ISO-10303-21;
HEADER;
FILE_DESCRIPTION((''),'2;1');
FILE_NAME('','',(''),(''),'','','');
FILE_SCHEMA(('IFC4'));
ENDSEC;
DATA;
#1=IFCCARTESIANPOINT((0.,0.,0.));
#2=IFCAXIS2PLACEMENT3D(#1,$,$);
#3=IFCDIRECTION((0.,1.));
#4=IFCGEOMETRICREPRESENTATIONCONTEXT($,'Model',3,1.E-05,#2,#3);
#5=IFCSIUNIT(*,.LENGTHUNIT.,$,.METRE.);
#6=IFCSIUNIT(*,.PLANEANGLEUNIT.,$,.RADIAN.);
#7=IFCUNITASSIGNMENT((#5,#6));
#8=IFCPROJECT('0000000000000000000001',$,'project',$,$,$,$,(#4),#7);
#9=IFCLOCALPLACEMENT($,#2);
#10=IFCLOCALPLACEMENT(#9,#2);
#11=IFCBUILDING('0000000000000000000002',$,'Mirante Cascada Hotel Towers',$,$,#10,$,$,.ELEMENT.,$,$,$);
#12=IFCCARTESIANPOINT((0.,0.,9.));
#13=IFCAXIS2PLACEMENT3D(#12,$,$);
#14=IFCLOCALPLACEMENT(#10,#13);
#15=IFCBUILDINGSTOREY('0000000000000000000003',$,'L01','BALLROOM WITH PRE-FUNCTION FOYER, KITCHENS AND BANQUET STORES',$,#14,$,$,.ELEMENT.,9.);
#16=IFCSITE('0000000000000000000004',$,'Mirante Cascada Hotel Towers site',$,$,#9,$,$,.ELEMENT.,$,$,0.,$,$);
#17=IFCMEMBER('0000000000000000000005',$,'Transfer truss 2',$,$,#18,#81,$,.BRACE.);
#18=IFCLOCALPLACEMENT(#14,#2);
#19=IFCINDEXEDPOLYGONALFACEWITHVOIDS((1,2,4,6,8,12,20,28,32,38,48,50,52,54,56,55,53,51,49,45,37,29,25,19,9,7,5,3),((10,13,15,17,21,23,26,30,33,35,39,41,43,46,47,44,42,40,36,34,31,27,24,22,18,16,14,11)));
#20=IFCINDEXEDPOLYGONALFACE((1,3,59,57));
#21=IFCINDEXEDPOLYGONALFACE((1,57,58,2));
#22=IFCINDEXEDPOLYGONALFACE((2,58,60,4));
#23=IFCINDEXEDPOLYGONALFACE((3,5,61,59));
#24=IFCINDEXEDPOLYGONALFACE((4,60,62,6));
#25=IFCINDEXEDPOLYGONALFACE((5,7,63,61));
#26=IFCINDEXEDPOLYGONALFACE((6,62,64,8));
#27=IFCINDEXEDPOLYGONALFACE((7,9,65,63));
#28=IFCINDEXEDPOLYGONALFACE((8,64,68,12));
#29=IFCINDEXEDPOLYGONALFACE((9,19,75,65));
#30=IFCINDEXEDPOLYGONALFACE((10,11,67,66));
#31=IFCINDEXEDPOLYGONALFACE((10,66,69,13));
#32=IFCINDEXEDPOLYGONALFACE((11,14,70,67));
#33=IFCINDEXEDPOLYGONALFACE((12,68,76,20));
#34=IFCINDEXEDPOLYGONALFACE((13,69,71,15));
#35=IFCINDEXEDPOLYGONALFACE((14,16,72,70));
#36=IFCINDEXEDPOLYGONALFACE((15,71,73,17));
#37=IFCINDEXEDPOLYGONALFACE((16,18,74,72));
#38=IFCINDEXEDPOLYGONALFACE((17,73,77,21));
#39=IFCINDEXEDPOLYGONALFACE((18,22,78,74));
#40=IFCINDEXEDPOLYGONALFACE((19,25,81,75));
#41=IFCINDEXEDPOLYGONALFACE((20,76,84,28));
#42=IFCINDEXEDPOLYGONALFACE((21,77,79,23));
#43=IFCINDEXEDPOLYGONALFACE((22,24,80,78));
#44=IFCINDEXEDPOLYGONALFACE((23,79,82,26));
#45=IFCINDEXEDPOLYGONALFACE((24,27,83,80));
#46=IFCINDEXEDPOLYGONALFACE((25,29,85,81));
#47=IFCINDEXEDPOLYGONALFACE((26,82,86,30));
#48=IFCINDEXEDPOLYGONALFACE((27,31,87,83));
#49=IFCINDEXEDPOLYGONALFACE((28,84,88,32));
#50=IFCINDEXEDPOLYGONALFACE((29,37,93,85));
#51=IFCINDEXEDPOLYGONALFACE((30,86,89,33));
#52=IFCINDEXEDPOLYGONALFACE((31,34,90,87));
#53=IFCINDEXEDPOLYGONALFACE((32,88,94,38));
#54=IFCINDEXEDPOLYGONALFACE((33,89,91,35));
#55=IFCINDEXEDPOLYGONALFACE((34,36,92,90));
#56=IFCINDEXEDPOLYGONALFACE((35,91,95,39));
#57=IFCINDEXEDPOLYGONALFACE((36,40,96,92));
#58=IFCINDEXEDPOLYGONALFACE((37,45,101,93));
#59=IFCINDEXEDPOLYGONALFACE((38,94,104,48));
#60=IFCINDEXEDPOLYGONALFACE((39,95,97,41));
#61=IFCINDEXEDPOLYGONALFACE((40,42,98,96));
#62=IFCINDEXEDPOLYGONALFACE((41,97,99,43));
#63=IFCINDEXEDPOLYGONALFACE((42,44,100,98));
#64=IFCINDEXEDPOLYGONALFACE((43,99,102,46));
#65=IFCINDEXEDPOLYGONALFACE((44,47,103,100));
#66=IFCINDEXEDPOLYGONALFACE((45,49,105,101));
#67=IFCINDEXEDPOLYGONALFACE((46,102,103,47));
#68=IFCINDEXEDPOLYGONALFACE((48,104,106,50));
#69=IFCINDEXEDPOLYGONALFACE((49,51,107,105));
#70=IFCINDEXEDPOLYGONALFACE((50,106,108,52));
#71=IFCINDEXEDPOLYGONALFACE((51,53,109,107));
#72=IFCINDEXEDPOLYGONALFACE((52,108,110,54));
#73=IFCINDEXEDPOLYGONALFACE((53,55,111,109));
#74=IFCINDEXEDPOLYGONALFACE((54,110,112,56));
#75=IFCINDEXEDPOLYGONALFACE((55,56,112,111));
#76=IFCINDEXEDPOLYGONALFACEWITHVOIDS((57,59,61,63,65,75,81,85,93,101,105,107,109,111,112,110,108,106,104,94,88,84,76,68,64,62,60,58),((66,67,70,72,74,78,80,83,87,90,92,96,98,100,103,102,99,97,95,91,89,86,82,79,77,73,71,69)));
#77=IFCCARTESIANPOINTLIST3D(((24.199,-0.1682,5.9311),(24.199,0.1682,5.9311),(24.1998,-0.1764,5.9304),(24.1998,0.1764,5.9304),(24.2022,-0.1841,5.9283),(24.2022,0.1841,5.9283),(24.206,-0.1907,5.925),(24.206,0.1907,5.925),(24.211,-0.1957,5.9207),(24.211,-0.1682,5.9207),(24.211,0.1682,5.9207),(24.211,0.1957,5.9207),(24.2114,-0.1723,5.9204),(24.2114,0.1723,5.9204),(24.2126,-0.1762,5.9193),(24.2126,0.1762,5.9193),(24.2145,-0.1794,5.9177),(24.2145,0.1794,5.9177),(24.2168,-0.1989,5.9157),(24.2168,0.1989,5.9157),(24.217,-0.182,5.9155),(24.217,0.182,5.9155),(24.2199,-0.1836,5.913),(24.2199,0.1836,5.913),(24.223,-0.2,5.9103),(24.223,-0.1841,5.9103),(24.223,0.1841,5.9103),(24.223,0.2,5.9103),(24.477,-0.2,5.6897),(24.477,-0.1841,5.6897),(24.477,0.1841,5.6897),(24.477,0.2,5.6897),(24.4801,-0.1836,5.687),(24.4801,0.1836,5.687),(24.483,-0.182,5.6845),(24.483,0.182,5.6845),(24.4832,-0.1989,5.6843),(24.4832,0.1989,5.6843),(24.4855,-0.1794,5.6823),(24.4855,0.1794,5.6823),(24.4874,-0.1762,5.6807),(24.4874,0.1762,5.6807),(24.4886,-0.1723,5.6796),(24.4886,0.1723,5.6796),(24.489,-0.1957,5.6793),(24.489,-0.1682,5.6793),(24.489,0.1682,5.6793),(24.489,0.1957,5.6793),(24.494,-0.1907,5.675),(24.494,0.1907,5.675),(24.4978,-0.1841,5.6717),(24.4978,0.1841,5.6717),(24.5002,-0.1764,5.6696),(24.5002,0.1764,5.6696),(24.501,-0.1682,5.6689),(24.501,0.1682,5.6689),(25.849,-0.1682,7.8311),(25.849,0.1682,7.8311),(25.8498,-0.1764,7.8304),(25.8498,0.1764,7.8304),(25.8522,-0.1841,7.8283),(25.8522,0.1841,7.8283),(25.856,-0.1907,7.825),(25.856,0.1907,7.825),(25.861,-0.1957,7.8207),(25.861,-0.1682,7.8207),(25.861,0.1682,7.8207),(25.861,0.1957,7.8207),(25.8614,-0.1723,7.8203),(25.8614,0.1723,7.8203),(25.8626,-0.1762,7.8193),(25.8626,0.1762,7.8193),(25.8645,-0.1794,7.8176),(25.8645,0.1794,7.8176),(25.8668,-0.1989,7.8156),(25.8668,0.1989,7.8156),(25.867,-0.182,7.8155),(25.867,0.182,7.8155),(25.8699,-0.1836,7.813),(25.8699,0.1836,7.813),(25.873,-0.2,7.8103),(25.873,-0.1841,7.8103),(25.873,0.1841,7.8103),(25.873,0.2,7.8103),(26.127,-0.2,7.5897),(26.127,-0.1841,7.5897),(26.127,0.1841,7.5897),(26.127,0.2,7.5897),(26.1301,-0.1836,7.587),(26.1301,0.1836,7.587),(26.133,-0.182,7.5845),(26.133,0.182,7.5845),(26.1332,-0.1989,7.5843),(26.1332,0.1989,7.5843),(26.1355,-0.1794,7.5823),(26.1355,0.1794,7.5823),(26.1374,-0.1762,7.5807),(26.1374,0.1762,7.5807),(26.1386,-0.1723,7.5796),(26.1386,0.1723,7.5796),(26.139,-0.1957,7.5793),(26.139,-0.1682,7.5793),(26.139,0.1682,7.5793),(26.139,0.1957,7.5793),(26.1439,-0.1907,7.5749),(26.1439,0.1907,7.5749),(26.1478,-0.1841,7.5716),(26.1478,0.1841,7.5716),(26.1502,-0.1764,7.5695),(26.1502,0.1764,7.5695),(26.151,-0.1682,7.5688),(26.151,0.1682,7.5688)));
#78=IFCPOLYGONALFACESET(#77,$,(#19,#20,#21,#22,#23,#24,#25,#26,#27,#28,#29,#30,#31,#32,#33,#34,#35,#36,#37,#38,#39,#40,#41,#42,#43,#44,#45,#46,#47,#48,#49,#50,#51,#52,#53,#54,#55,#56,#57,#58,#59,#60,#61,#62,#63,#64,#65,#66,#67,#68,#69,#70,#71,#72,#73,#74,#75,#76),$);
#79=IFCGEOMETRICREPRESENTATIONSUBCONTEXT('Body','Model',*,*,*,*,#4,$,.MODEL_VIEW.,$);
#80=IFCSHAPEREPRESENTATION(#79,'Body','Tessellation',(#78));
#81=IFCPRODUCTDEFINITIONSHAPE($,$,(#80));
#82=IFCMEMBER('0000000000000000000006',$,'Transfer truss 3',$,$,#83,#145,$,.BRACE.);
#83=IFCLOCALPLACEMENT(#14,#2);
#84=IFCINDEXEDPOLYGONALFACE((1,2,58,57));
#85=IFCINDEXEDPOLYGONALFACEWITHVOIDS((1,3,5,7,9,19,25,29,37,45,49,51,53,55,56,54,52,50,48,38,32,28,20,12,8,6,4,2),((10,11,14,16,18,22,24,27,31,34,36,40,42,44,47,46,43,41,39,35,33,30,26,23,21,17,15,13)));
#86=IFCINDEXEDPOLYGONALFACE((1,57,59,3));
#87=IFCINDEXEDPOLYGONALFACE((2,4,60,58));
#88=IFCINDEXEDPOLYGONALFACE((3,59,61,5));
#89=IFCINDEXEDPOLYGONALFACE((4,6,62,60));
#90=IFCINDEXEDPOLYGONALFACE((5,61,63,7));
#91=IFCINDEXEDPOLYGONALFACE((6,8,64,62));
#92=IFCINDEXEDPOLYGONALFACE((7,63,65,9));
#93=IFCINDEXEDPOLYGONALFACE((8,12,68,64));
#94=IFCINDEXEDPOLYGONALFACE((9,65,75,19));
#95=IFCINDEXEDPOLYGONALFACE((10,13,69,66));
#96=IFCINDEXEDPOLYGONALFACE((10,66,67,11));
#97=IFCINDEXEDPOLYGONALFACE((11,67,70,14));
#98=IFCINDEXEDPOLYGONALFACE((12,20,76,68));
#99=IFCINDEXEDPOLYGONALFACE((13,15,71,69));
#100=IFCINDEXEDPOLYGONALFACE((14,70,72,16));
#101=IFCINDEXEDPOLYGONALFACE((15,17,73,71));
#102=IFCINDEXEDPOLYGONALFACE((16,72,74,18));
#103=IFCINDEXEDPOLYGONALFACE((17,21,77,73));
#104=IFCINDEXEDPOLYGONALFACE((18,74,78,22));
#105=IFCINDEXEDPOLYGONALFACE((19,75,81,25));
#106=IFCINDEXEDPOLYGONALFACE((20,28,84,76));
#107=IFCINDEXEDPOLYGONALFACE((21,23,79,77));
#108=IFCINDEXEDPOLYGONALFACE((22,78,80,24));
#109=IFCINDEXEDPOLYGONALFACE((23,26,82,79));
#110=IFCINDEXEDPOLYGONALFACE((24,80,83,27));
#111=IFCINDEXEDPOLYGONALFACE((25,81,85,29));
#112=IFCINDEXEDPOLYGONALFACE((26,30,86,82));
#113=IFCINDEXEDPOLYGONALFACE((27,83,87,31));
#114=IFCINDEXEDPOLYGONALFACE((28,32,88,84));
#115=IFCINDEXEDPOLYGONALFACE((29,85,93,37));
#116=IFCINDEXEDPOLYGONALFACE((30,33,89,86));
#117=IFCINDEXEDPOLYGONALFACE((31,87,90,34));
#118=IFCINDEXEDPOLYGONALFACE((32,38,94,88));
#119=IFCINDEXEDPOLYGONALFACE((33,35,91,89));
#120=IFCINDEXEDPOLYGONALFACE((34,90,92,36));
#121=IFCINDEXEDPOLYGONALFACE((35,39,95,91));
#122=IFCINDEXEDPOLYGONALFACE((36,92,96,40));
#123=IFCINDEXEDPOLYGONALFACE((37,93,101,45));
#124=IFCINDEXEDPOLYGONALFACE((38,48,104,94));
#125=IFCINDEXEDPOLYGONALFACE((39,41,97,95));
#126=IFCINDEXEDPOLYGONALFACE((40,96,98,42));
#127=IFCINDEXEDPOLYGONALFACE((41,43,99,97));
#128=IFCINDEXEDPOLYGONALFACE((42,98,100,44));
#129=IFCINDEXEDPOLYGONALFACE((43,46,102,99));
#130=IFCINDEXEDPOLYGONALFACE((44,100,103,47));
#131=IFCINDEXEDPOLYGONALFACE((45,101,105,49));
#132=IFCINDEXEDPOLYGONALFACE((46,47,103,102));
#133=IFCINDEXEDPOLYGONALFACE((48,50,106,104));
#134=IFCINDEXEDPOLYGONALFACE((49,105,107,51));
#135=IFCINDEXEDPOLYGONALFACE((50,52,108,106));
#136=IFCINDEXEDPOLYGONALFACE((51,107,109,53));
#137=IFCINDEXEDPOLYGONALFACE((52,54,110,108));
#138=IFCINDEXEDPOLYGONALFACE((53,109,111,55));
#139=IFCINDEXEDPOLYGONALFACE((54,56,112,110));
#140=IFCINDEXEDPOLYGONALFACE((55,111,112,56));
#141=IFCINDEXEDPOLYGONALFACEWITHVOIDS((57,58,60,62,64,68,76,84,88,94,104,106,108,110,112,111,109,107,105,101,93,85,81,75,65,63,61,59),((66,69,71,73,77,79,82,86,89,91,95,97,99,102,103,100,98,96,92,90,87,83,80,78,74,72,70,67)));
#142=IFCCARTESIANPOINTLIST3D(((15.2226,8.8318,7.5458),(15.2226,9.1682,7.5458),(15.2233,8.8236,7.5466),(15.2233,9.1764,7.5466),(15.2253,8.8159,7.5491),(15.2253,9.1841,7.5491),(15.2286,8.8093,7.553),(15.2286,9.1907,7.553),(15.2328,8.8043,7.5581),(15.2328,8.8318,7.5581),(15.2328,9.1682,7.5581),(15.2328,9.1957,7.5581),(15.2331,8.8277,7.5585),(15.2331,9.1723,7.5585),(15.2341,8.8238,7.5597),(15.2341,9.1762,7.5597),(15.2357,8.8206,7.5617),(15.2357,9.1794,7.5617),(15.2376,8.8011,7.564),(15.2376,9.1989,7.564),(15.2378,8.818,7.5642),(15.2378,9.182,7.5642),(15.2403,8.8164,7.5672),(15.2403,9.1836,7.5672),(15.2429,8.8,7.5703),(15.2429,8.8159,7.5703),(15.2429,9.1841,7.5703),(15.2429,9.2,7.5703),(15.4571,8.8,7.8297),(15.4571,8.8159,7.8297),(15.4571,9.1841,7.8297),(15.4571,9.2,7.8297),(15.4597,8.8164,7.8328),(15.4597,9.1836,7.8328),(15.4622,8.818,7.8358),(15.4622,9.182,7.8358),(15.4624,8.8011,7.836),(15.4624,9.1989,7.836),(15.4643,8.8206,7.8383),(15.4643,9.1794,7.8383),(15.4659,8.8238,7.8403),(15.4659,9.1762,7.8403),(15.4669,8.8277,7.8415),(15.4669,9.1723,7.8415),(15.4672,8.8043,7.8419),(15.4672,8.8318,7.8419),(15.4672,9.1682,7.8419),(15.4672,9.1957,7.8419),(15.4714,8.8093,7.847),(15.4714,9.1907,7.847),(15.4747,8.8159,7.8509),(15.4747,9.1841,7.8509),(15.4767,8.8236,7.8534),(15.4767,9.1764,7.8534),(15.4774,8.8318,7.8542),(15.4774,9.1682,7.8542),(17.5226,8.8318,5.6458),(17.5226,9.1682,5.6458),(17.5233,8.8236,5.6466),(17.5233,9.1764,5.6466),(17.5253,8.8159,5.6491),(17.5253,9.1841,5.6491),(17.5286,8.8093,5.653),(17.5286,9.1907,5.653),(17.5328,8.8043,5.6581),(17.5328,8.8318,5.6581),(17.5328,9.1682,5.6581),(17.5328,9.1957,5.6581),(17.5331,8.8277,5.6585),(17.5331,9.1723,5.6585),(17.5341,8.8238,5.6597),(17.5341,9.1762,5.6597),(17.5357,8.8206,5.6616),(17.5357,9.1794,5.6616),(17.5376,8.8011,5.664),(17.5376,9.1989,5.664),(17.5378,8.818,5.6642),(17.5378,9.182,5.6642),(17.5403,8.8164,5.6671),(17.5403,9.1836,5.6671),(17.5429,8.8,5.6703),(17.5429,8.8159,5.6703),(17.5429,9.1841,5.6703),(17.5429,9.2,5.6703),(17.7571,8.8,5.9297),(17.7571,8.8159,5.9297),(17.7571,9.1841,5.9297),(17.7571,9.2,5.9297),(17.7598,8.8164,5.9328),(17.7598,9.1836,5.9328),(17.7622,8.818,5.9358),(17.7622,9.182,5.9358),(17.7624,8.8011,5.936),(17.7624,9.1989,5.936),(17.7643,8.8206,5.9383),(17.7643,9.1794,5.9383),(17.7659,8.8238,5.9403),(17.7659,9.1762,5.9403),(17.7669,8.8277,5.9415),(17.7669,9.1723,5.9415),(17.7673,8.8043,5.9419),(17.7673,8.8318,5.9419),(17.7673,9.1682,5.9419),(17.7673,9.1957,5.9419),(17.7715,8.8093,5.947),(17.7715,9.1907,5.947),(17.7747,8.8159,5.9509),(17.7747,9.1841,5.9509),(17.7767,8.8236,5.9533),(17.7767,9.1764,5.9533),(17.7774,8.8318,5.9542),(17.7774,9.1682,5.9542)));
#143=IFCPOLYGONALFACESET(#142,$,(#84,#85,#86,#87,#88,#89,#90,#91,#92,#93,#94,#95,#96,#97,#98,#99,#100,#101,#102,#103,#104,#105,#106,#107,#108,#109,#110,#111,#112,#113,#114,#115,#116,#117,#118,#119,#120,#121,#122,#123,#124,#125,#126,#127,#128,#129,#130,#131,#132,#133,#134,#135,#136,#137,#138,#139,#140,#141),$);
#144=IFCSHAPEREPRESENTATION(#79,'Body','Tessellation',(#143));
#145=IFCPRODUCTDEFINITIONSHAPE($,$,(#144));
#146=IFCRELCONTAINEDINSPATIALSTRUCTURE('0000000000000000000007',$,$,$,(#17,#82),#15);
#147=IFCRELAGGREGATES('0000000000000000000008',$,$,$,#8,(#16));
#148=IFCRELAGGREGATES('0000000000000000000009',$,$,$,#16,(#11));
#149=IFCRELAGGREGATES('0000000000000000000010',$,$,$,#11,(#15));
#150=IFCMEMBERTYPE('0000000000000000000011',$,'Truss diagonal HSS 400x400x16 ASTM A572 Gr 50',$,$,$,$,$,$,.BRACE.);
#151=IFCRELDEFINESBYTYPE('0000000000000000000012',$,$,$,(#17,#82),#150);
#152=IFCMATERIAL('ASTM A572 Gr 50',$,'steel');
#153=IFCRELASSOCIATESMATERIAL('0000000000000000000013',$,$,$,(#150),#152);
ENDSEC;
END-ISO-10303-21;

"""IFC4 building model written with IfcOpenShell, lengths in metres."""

from ifc_helpers import new_model, si_unit, direction, frame, origin, origin_2d, place, context, subcontext, project, spatial, hollow_rectangle, extrude, material, material_profile, profile_set, type_object, element, save


model = new_model("IFC4")

# Units and contexts
model_context = context("Model", 3, precision=1e-05, world=origin(), true_north=direction((0.0, 1.0)))
body_context = subcontext(model_context, "Body", "Model", "MODEL_VIEW")
ifc_project = project(units=[si_unit("LENGTHUNIT", "METRE"), si_unit("PLANEANGLEUNIT", "RADIAN")], contexts=[model_context])

# Site, building, storey
site_placement = place(None, origin())
site = spatial("IfcSite", under=ifc_project, at=site_placement, Name="Mirante Cascada Hotel Towers site", CompositionType="ELEMENT", RefElevation=0.0)
building_placement = place(site_placement, origin())
building = spatial("IfcBuilding", under=site, at=building_placement, Name="Mirante Cascada Hotel Towers", CompositionType="ELEMENT")
storey_placement = place(building_placement, frame((0.0, 0.0, 9.0)))
storey = spatial("IfcBuildingStorey", under=building, at=storey_placement, Name="L01", Description="BALLROOM WITH PRE-FUNCTION FOYER, KITCHENS AND BANQUET STORES", CompositionType="ELEMENT", Elevation=9.0)

# Members
ifc_material_1 = material(Name="ASTM A572 Gr 50", Category="steel")
ifc_material_profile_1 = material_profile(ifc_material_1, hollow_rectangle(XDim=0.4, YDim=0.4, WallThickness=0.0159, InnerFilletRadius=0.0159, OuterFilletRadius=0.0318, at=origin_2d()), Name="HSS 400x400x16")
ifc_profile_set_1 = profile_set([ifc_material_profile_1], Name="ASTM A572 Gr 50")
member_type_1 = type_object("IfcMemberType", Name="Truss diagonal HSS 400x400x16 ASTM A572 Gr 50", PredefinedType="BRACE", material=ifc_profile_set_1)
member_1_placement = place(storey_placement, frame((24.35, 0.0, 5.8), z_axis=(0.655687, 0.0, 0.755033), x_axis=(0.0, 1.0, 0.0)))
element("IfcMember", 1, at=member_1_placement, inside=storey, type_object=member_type_1, Name="Transfer truss 2", PredefinedType="BRACE", context=body_context, shape_type="SweptSolid", body=[
    extrude(hollow_rectangle(XDim=0.4, YDim=0.4, WallThickness=0.0159, InnerFilletRadius=0.0159, OuterFilletRadius=0.0318, at=origin_2d()), origin(), (0.0, 0.0, 1.0), 2.5164),
])
for number, where, z_axis, x_axis, name in (
    (2, (15.35, 9.0, 7.7), (0.770962, 0.0, -0.636881), (0.0, 1.0, 0.0), "Transfer truss 3"),
):
    element("IfcMember", number, at=place(storey_placement, frame(where, z_axis=z_axis, x_axis=x_axis)), inside=storey, type_object=member_type_1, Name=name, PredefinedType="BRACE", context=body_context, shape_type="SweptSolid", body=[
        extrude(hollow_rectangle(XDim=0.4, YDim=0.4, WallThickness=0.0159, InnerFilletRadius=0.0159, OuterFilletRadius=0.0318, at=origin_2d()), origin(), (0.0, 0.0, 1.0), 2.9833),
    ])

save(model, "model.ifc")
